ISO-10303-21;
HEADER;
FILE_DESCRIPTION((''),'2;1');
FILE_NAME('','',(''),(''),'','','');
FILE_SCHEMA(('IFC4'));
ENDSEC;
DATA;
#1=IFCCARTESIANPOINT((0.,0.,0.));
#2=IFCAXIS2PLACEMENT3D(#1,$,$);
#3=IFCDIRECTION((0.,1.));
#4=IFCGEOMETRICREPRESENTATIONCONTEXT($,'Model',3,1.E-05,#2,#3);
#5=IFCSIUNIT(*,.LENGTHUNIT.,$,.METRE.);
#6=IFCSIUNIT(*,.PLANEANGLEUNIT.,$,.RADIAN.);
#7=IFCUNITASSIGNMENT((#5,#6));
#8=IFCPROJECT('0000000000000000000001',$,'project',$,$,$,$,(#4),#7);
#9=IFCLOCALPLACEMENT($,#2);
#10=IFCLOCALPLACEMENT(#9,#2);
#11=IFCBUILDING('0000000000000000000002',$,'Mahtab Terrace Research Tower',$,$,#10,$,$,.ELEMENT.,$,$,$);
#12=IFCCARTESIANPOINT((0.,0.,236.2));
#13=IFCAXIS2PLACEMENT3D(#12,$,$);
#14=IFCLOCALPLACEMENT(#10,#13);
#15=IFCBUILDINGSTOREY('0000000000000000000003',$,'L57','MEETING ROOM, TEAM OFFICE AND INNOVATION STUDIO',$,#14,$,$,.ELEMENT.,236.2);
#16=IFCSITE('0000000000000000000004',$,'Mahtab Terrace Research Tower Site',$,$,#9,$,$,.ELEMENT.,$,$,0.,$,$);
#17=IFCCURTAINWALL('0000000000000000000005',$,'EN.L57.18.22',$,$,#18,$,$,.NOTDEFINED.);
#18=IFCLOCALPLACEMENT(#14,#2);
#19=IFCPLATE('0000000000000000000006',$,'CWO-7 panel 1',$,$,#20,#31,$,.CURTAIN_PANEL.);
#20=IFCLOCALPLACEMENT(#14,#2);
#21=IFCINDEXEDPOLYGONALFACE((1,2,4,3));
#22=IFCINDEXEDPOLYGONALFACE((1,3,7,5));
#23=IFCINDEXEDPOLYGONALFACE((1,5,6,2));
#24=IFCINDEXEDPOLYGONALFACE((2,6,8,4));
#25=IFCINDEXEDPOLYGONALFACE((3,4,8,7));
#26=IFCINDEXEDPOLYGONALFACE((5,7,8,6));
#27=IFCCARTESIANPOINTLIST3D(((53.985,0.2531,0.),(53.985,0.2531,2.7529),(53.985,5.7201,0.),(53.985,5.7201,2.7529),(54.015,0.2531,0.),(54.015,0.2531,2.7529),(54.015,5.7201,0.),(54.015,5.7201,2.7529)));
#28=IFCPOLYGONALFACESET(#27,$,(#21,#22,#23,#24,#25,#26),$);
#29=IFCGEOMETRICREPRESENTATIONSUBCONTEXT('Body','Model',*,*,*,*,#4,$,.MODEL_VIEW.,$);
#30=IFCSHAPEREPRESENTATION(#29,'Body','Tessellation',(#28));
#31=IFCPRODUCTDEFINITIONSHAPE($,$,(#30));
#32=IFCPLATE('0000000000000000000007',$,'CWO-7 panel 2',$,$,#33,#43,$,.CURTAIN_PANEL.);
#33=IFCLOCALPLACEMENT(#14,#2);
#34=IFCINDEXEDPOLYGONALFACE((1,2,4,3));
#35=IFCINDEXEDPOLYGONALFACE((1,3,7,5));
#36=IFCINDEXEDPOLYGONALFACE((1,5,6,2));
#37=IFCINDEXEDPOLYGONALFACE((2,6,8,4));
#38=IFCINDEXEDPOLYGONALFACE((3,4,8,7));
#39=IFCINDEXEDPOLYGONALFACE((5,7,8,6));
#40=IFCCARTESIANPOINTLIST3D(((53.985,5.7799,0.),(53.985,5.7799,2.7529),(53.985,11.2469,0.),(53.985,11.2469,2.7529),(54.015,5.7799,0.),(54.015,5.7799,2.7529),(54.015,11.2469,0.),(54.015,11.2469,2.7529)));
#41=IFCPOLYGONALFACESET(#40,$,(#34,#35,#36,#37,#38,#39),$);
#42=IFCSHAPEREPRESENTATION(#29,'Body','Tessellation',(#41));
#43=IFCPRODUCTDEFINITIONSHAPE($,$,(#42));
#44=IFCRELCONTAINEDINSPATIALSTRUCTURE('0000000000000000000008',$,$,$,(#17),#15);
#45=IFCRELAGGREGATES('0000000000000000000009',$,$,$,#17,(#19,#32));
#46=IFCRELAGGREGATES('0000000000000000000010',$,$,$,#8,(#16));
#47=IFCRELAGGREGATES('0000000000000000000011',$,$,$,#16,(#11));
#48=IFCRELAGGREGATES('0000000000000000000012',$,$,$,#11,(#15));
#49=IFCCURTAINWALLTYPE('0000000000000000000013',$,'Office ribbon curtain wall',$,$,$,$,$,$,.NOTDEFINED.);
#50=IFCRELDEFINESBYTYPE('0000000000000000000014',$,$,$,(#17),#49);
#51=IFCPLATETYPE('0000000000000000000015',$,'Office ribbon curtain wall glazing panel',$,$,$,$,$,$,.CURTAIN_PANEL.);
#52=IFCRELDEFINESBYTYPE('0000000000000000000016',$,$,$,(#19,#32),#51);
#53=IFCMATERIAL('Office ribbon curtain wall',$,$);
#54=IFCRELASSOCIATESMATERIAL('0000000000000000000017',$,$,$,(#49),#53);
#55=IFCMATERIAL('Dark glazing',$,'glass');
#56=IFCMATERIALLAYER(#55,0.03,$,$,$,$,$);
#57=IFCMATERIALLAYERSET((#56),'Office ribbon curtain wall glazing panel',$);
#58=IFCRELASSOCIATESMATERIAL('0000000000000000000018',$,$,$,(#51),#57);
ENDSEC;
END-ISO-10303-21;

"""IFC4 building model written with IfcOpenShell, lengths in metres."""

from ifc_helpers import new_model, si_unit, direction, frame, origin, origin_2d, place, context, subcontext, project, spatial, rectangle, extrude, material, layer, layer_set, type_object, element, aggregate, save


model = new_model("IFC4")

# Units and contexts
model_context = context("Model", 3, precision=1e-05, world=origin(), true_north=direction((0.0, 1.0)))
body_context = subcontext(model_context, "Body", "Model", "MODEL_VIEW")
ifc_project = project(units=[si_unit("LENGTHUNIT", "METRE"), si_unit("PLANEANGLEUNIT", "RADIAN")], contexts=[model_context])

# Site, building, storey
site_placement = place(None, origin())
site = spatial("IfcSite", under=ifc_project, at=site_placement, Name="Mahtab Terrace Research Tower Site", CompositionType="ELEMENT", RefElevation=0.0)
building_placement = place(site_placement, origin())
building = spatial("IfcBuilding", under=site, at=building_placement, Name="Mahtab Terrace Research Tower", CompositionType="ELEMENT")
storey_placement = place(building_placement, frame((0.0, 0.0, 236.2)))
storey = spatial("IfcBuildingStorey", under=building, at=storey_placement, Name="L57", Description="MEETING ROOM, TEAM OFFICE AND INNOVATION STUDIO", CompositionType="ELEMENT", Elevation=236.2)

# Curtain wall
ifc_material_1 = material(Name="Office ribbon curtain wall")
curtain_wall_type = type_object("IfcCurtainWallType", Name="Office ribbon curtain wall", PredefinedType="NOTDEFINED", material=ifc_material_1)
curtain_wall_1_placement = place(storey_placement, origin())
curtain_wall_1 = element("IfcCurtainWall", 1, at=curtain_wall_1_placement, inside=storey, type_object=curtain_wall_type, Name="EN.L57.18.22", PredefinedType="NOTDEFINED")

# Plates
ifc_material_2 = material(Name="Dark glazing", Category="glass")
ifc_layer = layer(ifc_material_2, 0.03)
ifc_layer_set = layer_set([ifc_layer], Name="Office ribbon curtain wall glazing panel")
plate_type = type_object("IfcPlateType", Name="Office ribbon curtain wall glazing panel", PredefinedType="CURTAIN_PANEL", material=ifc_layer_set)
plate_1_placement = place(storey_placement, frame((54.0, 2.9866, 0.0), z_axis=(0.0, 0.0, 1.0), x_axis=(0.0, 1.0, 0.0)))
plate_1 = element("IfcPlate", 2, at=plate_1_placement, type_object=plate_type, Name="CWO-7 panel 1", PredefinedType="CURTAIN_PANEL", context=body_context, shape_type="SweptSolid", body=[
    extrude(rectangle(XDim=5.467, YDim=0.03, at=origin_2d()), origin(), (0.0, 0.0, 1.0), 2.7529),
])
plate_2_placement = place(storey_placement, frame((54.0, 8.5134, 0.0), z_axis=(0.0, 0.0, 1.0), x_axis=(0.0, 1.0, 0.0)))
plate_2 = element("IfcPlate", 3, at=plate_2_placement, type_object=plate_type, Name="CWO-7 panel 2", PredefinedType="CURTAIN_PANEL", context=body_context, shape_type="SweptSolid", body=[
    extrude(rectangle(XDim=5.467, YDim=0.03, at=origin_2d()), origin(), (0.0, 0.0, 1.0), 2.7529),
])
aggregate(curtain_wall_1, [plate_1, plate_2])

save(model, "model.ifc")
